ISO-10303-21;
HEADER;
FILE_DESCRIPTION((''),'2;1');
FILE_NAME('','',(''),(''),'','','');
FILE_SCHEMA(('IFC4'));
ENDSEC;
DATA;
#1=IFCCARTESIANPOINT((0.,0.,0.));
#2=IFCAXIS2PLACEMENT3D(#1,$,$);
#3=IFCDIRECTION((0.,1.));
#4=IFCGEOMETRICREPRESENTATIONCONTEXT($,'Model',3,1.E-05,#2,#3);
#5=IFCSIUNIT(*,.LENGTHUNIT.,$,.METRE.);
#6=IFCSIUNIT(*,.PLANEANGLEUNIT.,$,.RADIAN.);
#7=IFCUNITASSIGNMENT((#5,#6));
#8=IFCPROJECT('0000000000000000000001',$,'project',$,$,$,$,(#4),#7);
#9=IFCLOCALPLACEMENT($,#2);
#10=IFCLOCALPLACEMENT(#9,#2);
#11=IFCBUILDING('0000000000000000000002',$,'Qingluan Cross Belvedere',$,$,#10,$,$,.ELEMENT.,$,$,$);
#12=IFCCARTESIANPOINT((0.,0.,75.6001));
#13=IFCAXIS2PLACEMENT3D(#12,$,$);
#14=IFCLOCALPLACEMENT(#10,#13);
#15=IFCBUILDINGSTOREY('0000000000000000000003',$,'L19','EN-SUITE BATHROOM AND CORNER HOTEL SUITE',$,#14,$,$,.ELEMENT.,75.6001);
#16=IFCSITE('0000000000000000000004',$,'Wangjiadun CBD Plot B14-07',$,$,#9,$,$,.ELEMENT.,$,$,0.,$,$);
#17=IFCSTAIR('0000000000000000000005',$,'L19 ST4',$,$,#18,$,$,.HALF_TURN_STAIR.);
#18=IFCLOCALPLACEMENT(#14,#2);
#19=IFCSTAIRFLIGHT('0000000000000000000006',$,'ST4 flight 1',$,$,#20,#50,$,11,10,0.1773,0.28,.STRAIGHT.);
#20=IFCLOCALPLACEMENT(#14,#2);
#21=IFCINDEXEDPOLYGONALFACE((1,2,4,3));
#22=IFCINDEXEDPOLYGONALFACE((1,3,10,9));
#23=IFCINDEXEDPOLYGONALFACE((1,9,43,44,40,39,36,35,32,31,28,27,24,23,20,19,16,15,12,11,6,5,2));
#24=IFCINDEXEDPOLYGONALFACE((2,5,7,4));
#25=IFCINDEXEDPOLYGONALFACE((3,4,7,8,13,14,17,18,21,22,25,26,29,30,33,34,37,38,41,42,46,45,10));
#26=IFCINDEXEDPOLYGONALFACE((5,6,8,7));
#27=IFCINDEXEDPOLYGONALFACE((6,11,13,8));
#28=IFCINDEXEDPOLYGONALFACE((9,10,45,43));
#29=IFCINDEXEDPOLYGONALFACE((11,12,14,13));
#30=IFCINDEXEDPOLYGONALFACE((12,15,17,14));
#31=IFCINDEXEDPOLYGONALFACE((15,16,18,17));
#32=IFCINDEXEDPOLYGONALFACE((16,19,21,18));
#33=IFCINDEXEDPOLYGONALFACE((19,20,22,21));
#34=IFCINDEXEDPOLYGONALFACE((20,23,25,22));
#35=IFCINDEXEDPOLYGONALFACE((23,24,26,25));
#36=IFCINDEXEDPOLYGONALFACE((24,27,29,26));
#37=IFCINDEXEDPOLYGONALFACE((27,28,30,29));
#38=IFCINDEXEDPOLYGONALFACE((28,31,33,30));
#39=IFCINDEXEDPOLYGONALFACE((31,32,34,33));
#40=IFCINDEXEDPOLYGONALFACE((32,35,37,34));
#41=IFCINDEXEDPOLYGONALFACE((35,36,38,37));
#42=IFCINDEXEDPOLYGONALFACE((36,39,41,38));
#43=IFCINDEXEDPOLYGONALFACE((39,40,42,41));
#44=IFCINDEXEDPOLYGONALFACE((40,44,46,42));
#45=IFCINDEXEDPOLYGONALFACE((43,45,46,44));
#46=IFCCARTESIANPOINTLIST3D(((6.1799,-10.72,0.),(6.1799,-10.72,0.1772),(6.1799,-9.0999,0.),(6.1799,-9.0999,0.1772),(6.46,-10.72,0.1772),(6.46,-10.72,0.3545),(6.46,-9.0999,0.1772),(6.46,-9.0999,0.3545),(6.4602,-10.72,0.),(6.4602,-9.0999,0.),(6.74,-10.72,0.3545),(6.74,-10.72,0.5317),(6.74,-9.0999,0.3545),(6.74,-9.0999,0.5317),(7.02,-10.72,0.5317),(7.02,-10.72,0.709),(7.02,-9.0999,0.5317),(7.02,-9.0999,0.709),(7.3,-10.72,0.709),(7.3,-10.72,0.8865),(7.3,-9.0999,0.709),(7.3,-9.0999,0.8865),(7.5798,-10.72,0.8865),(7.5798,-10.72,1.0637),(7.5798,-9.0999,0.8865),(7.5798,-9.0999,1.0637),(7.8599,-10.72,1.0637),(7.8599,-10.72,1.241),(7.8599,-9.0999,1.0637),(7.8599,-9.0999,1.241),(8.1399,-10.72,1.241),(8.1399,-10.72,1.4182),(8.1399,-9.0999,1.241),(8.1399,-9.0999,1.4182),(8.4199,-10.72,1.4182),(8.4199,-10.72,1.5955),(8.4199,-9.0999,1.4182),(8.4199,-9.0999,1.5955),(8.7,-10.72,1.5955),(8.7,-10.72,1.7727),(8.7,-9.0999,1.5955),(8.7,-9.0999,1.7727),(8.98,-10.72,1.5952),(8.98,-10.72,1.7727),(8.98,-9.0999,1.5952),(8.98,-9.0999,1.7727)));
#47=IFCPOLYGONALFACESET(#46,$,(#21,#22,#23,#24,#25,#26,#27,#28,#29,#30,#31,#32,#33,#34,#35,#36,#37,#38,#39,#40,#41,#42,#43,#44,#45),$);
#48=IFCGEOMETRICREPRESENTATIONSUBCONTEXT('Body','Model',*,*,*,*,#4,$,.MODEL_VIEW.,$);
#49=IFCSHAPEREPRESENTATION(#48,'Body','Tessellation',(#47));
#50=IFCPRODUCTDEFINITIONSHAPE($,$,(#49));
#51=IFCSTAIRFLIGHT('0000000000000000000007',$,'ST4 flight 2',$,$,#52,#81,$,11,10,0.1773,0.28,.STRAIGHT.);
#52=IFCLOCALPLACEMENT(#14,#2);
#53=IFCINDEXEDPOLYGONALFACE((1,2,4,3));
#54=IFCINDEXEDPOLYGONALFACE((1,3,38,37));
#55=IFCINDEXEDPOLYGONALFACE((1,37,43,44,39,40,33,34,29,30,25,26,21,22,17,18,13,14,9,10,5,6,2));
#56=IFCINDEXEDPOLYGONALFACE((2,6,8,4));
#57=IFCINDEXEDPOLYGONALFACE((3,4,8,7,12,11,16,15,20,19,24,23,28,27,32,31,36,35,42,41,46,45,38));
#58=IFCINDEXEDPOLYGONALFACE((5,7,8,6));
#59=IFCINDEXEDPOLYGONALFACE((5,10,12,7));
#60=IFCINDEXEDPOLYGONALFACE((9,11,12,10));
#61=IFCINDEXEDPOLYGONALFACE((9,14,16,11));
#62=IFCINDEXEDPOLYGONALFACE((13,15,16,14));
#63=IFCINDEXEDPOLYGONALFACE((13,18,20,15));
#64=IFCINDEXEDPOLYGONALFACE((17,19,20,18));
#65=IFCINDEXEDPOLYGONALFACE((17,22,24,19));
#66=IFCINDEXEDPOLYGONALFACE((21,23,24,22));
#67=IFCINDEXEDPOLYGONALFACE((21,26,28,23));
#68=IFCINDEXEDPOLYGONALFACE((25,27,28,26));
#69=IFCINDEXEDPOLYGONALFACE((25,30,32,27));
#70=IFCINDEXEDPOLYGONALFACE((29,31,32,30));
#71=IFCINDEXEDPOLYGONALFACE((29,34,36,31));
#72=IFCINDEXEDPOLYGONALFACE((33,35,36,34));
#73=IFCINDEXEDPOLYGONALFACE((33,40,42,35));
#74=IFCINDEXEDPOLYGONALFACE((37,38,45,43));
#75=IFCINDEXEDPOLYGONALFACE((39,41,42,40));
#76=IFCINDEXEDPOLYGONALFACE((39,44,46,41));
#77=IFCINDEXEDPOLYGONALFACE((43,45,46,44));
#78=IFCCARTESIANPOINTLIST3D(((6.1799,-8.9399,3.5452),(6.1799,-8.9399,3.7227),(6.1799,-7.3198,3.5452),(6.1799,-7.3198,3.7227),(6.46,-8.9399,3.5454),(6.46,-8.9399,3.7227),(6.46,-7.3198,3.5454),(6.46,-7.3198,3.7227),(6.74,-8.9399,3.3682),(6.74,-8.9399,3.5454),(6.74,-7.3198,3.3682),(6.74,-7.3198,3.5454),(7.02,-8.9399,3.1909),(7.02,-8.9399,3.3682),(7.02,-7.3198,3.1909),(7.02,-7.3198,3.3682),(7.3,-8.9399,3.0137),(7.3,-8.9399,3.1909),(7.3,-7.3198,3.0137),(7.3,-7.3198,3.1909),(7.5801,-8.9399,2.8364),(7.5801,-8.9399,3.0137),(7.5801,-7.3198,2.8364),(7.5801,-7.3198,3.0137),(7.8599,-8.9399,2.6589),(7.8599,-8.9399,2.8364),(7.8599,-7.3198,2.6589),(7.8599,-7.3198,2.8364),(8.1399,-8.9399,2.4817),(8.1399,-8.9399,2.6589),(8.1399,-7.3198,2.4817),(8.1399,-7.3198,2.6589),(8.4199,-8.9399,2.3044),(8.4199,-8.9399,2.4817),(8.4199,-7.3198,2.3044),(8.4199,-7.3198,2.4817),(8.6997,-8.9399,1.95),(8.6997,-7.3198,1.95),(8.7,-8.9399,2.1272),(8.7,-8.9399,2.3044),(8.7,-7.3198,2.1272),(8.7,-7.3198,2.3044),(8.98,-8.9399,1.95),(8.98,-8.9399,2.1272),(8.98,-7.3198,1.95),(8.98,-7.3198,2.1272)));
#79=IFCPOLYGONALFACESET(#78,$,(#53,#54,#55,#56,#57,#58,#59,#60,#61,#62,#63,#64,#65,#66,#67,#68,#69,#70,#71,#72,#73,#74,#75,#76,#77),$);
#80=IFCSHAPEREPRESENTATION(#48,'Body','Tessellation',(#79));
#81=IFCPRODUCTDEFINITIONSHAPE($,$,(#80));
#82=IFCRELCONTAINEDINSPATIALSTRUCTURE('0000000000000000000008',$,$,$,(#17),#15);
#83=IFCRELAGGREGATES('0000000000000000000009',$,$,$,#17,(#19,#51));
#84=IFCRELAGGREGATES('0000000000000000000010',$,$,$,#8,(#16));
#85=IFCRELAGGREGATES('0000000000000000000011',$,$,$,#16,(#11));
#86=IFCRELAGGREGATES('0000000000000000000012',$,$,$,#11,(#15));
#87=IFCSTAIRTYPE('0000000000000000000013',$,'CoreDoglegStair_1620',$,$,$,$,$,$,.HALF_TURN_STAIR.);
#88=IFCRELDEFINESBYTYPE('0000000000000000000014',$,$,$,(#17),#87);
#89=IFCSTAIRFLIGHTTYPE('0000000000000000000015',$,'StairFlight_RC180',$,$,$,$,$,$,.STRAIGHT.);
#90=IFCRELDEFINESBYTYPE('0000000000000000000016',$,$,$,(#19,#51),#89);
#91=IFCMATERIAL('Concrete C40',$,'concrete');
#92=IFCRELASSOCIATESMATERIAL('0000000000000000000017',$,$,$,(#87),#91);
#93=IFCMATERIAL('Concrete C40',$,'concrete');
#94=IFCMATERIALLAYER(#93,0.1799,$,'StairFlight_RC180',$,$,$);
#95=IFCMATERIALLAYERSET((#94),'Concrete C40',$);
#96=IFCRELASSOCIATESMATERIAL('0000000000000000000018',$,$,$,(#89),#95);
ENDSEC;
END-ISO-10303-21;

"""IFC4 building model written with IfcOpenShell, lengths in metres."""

from ifc_helpers import new_model, si_unit, direction, frame, origin, place, context, subcontext, project, spatial, polyline, outline, extrude, material, layer, layer_set, type_object, element, aggregate, save


model = new_model("IFC4")

# Units and contexts
model_context = context("Model", 3, precision=1e-05, world=origin(), true_north=direction((0.0, 1.0)))
body_context = subcontext(model_context, "Body", "Model", "MODEL_VIEW")
ifc_project = project(units=[si_unit("LENGTHUNIT", "METRE"), si_unit("PLANEANGLEUNIT", "RADIAN")], contexts=[model_context])

# Site, building, storey
site_placement = place(None, origin())
site = spatial("IfcSite", under=ifc_project, at=site_placement, Name="Wangjiadun CBD Plot B14-07", CompositionType="ELEMENT", RefElevation=0.0)
building_placement = place(site_placement, origin())
building = spatial("IfcBuilding", under=site, at=building_placement, Name="Qingluan Cross Belvedere", CompositionType="ELEMENT")
storey_placement = place(building_placement, frame((0.0, 0.0, 75.6001)))
storey = spatial("IfcBuildingStorey", under=building, at=storey_placement, Name="L19", Description="EN-SUITE BATHROOM AND CORNER HOTEL SUITE", CompositionType="ELEMENT", Elevation=75.6001)

# Stair, stair flights
ifc_material_1 = material(Name="Concrete C40", Category="concrete")
stair_type = type_object("IfcStairType", Name="CoreDoglegStair_1620", PredefinedType="HALF_TURN_STAIR", material=ifc_material_1)
ifc_material_2 = material(Name="Concrete C40", Category="concrete")
ifc_layer_1 = layer(ifc_material_2, 0.1799, Name="StairFlight_RC180")
ifc_layer_set_1 = layer_set([ifc_layer_1], Name="Concrete C40")
stair_flight_type = type_object("IfcStairFlightType", Name="StairFlight_RC180", PredefinedType="STRAIGHT", material=ifc_layer_set_1)
stair_1_placement = place(storey_placement, origin())
stair_1 = element("IfcStair", 1, at=stair_1_placement, inside=storey, type_object=stair_type, Name="L19 ST4", PredefinedType="HALF_TURN_STAIR")
stair_flight_1_placement = place(storey_placement, frame((6.1799, -9.9099, 0.0), z_axis=(0.0, 0.0, 1.0), x_axis=(1.0, 0.0, 0.0)))
stair_flight_1 = element("IfcStairFlight", 2, at=stair_flight_1_placement, type_object=stair_flight_type, Name="ST4 flight 1", NumberOfRisers=11, NumberOfTreads=10, PredefinedType="STRAIGHT", RiserHeight=0.1773, TreadLength=0.28, context=body_context, shape_type="SweptSolid", body=[
    extrude(outline(polyline([(0.0, 0.0), (0.0, 0.1772), (0.28, 0.1772), (0.28, 0.3545), (0.5601, 0.3545), (0.5601, 0.5317), (0.8401, 0.5317), (0.8401, 0.709), (1.1201, 0.709), (1.1201, 0.8865), (1.3999, 0.8865), (1.3999, 1.0637), (1.6799, 1.0637), (1.6799, 1.241), (1.96, 1.241), (1.96, 1.4182), (2.24, 1.4182), (2.24, 1.5955), (2.52, 1.5955), (2.52, 1.7727), (2.8, 1.7727), (2.8, 1.95), (2.8, 1.5952), (0.2803, 0.0), (0.0, 0.0)])), frame((0.0, 0.8101, 0.0), z_axis=(0.0, -1.0, 0.0), x_axis=(1.0, 0.0, 0.0)), (0.0, 0.0, 1.0), 1.6201),
])
stair_flight_2_placement = place(storey_placement, frame((8.98, -8.1299, 1.95), z_axis=(0.0, 0.0, 1.0), x_axis=(-1.0, 0.0, 0.0)))
stair_flight_2 = element("IfcStairFlight", 3, at=stair_flight_2_placement, type_object=stair_flight_type, Name="ST4 flight 2", NumberOfRisers=11, NumberOfTreads=10, PredefinedType="STRAIGHT", RiserHeight=0.1773, TreadLength=0.28, context=body_context, shape_type="SweptSolid", body=[
    extrude(outline(polyline([(0.0, 0.0), (0.0, 0.1772), (0.28, 0.1772), (0.28, 0.3545), (0.5601, 0.3545), (0.5601, 0.5317), (0.8401, 0.5317), (0.8401, 0.709), (1.1201, 0.709), (1.1201, 0.8865), (1.3999, 0.8865), (1.3999, 1.0637), (1.6799, 1.0637), (1.6799, 1.241), (1.96, 1.241), (1.96, 1.4182), (2.24, 1.4182), (2.24, 1.5955), (2.52, 1.5955), (2.52, 1.7727), (2.8, 1.7727), (2.8, 1.95), (2.8, 1.5952), (0.2803, 0.0), (0.0, 0.0)])), frame((0.0, 0.8101, 0.0), z_axis=(0.0, -1.0, 0.0), x_axis=(1.0, 0.0, 0.0)), (0.0, 0.0, 1.0), 1.6201),
])
aggregate(stair_1, [stair_flight_1, stair_flight_2])

save(model, "model.ifc")
